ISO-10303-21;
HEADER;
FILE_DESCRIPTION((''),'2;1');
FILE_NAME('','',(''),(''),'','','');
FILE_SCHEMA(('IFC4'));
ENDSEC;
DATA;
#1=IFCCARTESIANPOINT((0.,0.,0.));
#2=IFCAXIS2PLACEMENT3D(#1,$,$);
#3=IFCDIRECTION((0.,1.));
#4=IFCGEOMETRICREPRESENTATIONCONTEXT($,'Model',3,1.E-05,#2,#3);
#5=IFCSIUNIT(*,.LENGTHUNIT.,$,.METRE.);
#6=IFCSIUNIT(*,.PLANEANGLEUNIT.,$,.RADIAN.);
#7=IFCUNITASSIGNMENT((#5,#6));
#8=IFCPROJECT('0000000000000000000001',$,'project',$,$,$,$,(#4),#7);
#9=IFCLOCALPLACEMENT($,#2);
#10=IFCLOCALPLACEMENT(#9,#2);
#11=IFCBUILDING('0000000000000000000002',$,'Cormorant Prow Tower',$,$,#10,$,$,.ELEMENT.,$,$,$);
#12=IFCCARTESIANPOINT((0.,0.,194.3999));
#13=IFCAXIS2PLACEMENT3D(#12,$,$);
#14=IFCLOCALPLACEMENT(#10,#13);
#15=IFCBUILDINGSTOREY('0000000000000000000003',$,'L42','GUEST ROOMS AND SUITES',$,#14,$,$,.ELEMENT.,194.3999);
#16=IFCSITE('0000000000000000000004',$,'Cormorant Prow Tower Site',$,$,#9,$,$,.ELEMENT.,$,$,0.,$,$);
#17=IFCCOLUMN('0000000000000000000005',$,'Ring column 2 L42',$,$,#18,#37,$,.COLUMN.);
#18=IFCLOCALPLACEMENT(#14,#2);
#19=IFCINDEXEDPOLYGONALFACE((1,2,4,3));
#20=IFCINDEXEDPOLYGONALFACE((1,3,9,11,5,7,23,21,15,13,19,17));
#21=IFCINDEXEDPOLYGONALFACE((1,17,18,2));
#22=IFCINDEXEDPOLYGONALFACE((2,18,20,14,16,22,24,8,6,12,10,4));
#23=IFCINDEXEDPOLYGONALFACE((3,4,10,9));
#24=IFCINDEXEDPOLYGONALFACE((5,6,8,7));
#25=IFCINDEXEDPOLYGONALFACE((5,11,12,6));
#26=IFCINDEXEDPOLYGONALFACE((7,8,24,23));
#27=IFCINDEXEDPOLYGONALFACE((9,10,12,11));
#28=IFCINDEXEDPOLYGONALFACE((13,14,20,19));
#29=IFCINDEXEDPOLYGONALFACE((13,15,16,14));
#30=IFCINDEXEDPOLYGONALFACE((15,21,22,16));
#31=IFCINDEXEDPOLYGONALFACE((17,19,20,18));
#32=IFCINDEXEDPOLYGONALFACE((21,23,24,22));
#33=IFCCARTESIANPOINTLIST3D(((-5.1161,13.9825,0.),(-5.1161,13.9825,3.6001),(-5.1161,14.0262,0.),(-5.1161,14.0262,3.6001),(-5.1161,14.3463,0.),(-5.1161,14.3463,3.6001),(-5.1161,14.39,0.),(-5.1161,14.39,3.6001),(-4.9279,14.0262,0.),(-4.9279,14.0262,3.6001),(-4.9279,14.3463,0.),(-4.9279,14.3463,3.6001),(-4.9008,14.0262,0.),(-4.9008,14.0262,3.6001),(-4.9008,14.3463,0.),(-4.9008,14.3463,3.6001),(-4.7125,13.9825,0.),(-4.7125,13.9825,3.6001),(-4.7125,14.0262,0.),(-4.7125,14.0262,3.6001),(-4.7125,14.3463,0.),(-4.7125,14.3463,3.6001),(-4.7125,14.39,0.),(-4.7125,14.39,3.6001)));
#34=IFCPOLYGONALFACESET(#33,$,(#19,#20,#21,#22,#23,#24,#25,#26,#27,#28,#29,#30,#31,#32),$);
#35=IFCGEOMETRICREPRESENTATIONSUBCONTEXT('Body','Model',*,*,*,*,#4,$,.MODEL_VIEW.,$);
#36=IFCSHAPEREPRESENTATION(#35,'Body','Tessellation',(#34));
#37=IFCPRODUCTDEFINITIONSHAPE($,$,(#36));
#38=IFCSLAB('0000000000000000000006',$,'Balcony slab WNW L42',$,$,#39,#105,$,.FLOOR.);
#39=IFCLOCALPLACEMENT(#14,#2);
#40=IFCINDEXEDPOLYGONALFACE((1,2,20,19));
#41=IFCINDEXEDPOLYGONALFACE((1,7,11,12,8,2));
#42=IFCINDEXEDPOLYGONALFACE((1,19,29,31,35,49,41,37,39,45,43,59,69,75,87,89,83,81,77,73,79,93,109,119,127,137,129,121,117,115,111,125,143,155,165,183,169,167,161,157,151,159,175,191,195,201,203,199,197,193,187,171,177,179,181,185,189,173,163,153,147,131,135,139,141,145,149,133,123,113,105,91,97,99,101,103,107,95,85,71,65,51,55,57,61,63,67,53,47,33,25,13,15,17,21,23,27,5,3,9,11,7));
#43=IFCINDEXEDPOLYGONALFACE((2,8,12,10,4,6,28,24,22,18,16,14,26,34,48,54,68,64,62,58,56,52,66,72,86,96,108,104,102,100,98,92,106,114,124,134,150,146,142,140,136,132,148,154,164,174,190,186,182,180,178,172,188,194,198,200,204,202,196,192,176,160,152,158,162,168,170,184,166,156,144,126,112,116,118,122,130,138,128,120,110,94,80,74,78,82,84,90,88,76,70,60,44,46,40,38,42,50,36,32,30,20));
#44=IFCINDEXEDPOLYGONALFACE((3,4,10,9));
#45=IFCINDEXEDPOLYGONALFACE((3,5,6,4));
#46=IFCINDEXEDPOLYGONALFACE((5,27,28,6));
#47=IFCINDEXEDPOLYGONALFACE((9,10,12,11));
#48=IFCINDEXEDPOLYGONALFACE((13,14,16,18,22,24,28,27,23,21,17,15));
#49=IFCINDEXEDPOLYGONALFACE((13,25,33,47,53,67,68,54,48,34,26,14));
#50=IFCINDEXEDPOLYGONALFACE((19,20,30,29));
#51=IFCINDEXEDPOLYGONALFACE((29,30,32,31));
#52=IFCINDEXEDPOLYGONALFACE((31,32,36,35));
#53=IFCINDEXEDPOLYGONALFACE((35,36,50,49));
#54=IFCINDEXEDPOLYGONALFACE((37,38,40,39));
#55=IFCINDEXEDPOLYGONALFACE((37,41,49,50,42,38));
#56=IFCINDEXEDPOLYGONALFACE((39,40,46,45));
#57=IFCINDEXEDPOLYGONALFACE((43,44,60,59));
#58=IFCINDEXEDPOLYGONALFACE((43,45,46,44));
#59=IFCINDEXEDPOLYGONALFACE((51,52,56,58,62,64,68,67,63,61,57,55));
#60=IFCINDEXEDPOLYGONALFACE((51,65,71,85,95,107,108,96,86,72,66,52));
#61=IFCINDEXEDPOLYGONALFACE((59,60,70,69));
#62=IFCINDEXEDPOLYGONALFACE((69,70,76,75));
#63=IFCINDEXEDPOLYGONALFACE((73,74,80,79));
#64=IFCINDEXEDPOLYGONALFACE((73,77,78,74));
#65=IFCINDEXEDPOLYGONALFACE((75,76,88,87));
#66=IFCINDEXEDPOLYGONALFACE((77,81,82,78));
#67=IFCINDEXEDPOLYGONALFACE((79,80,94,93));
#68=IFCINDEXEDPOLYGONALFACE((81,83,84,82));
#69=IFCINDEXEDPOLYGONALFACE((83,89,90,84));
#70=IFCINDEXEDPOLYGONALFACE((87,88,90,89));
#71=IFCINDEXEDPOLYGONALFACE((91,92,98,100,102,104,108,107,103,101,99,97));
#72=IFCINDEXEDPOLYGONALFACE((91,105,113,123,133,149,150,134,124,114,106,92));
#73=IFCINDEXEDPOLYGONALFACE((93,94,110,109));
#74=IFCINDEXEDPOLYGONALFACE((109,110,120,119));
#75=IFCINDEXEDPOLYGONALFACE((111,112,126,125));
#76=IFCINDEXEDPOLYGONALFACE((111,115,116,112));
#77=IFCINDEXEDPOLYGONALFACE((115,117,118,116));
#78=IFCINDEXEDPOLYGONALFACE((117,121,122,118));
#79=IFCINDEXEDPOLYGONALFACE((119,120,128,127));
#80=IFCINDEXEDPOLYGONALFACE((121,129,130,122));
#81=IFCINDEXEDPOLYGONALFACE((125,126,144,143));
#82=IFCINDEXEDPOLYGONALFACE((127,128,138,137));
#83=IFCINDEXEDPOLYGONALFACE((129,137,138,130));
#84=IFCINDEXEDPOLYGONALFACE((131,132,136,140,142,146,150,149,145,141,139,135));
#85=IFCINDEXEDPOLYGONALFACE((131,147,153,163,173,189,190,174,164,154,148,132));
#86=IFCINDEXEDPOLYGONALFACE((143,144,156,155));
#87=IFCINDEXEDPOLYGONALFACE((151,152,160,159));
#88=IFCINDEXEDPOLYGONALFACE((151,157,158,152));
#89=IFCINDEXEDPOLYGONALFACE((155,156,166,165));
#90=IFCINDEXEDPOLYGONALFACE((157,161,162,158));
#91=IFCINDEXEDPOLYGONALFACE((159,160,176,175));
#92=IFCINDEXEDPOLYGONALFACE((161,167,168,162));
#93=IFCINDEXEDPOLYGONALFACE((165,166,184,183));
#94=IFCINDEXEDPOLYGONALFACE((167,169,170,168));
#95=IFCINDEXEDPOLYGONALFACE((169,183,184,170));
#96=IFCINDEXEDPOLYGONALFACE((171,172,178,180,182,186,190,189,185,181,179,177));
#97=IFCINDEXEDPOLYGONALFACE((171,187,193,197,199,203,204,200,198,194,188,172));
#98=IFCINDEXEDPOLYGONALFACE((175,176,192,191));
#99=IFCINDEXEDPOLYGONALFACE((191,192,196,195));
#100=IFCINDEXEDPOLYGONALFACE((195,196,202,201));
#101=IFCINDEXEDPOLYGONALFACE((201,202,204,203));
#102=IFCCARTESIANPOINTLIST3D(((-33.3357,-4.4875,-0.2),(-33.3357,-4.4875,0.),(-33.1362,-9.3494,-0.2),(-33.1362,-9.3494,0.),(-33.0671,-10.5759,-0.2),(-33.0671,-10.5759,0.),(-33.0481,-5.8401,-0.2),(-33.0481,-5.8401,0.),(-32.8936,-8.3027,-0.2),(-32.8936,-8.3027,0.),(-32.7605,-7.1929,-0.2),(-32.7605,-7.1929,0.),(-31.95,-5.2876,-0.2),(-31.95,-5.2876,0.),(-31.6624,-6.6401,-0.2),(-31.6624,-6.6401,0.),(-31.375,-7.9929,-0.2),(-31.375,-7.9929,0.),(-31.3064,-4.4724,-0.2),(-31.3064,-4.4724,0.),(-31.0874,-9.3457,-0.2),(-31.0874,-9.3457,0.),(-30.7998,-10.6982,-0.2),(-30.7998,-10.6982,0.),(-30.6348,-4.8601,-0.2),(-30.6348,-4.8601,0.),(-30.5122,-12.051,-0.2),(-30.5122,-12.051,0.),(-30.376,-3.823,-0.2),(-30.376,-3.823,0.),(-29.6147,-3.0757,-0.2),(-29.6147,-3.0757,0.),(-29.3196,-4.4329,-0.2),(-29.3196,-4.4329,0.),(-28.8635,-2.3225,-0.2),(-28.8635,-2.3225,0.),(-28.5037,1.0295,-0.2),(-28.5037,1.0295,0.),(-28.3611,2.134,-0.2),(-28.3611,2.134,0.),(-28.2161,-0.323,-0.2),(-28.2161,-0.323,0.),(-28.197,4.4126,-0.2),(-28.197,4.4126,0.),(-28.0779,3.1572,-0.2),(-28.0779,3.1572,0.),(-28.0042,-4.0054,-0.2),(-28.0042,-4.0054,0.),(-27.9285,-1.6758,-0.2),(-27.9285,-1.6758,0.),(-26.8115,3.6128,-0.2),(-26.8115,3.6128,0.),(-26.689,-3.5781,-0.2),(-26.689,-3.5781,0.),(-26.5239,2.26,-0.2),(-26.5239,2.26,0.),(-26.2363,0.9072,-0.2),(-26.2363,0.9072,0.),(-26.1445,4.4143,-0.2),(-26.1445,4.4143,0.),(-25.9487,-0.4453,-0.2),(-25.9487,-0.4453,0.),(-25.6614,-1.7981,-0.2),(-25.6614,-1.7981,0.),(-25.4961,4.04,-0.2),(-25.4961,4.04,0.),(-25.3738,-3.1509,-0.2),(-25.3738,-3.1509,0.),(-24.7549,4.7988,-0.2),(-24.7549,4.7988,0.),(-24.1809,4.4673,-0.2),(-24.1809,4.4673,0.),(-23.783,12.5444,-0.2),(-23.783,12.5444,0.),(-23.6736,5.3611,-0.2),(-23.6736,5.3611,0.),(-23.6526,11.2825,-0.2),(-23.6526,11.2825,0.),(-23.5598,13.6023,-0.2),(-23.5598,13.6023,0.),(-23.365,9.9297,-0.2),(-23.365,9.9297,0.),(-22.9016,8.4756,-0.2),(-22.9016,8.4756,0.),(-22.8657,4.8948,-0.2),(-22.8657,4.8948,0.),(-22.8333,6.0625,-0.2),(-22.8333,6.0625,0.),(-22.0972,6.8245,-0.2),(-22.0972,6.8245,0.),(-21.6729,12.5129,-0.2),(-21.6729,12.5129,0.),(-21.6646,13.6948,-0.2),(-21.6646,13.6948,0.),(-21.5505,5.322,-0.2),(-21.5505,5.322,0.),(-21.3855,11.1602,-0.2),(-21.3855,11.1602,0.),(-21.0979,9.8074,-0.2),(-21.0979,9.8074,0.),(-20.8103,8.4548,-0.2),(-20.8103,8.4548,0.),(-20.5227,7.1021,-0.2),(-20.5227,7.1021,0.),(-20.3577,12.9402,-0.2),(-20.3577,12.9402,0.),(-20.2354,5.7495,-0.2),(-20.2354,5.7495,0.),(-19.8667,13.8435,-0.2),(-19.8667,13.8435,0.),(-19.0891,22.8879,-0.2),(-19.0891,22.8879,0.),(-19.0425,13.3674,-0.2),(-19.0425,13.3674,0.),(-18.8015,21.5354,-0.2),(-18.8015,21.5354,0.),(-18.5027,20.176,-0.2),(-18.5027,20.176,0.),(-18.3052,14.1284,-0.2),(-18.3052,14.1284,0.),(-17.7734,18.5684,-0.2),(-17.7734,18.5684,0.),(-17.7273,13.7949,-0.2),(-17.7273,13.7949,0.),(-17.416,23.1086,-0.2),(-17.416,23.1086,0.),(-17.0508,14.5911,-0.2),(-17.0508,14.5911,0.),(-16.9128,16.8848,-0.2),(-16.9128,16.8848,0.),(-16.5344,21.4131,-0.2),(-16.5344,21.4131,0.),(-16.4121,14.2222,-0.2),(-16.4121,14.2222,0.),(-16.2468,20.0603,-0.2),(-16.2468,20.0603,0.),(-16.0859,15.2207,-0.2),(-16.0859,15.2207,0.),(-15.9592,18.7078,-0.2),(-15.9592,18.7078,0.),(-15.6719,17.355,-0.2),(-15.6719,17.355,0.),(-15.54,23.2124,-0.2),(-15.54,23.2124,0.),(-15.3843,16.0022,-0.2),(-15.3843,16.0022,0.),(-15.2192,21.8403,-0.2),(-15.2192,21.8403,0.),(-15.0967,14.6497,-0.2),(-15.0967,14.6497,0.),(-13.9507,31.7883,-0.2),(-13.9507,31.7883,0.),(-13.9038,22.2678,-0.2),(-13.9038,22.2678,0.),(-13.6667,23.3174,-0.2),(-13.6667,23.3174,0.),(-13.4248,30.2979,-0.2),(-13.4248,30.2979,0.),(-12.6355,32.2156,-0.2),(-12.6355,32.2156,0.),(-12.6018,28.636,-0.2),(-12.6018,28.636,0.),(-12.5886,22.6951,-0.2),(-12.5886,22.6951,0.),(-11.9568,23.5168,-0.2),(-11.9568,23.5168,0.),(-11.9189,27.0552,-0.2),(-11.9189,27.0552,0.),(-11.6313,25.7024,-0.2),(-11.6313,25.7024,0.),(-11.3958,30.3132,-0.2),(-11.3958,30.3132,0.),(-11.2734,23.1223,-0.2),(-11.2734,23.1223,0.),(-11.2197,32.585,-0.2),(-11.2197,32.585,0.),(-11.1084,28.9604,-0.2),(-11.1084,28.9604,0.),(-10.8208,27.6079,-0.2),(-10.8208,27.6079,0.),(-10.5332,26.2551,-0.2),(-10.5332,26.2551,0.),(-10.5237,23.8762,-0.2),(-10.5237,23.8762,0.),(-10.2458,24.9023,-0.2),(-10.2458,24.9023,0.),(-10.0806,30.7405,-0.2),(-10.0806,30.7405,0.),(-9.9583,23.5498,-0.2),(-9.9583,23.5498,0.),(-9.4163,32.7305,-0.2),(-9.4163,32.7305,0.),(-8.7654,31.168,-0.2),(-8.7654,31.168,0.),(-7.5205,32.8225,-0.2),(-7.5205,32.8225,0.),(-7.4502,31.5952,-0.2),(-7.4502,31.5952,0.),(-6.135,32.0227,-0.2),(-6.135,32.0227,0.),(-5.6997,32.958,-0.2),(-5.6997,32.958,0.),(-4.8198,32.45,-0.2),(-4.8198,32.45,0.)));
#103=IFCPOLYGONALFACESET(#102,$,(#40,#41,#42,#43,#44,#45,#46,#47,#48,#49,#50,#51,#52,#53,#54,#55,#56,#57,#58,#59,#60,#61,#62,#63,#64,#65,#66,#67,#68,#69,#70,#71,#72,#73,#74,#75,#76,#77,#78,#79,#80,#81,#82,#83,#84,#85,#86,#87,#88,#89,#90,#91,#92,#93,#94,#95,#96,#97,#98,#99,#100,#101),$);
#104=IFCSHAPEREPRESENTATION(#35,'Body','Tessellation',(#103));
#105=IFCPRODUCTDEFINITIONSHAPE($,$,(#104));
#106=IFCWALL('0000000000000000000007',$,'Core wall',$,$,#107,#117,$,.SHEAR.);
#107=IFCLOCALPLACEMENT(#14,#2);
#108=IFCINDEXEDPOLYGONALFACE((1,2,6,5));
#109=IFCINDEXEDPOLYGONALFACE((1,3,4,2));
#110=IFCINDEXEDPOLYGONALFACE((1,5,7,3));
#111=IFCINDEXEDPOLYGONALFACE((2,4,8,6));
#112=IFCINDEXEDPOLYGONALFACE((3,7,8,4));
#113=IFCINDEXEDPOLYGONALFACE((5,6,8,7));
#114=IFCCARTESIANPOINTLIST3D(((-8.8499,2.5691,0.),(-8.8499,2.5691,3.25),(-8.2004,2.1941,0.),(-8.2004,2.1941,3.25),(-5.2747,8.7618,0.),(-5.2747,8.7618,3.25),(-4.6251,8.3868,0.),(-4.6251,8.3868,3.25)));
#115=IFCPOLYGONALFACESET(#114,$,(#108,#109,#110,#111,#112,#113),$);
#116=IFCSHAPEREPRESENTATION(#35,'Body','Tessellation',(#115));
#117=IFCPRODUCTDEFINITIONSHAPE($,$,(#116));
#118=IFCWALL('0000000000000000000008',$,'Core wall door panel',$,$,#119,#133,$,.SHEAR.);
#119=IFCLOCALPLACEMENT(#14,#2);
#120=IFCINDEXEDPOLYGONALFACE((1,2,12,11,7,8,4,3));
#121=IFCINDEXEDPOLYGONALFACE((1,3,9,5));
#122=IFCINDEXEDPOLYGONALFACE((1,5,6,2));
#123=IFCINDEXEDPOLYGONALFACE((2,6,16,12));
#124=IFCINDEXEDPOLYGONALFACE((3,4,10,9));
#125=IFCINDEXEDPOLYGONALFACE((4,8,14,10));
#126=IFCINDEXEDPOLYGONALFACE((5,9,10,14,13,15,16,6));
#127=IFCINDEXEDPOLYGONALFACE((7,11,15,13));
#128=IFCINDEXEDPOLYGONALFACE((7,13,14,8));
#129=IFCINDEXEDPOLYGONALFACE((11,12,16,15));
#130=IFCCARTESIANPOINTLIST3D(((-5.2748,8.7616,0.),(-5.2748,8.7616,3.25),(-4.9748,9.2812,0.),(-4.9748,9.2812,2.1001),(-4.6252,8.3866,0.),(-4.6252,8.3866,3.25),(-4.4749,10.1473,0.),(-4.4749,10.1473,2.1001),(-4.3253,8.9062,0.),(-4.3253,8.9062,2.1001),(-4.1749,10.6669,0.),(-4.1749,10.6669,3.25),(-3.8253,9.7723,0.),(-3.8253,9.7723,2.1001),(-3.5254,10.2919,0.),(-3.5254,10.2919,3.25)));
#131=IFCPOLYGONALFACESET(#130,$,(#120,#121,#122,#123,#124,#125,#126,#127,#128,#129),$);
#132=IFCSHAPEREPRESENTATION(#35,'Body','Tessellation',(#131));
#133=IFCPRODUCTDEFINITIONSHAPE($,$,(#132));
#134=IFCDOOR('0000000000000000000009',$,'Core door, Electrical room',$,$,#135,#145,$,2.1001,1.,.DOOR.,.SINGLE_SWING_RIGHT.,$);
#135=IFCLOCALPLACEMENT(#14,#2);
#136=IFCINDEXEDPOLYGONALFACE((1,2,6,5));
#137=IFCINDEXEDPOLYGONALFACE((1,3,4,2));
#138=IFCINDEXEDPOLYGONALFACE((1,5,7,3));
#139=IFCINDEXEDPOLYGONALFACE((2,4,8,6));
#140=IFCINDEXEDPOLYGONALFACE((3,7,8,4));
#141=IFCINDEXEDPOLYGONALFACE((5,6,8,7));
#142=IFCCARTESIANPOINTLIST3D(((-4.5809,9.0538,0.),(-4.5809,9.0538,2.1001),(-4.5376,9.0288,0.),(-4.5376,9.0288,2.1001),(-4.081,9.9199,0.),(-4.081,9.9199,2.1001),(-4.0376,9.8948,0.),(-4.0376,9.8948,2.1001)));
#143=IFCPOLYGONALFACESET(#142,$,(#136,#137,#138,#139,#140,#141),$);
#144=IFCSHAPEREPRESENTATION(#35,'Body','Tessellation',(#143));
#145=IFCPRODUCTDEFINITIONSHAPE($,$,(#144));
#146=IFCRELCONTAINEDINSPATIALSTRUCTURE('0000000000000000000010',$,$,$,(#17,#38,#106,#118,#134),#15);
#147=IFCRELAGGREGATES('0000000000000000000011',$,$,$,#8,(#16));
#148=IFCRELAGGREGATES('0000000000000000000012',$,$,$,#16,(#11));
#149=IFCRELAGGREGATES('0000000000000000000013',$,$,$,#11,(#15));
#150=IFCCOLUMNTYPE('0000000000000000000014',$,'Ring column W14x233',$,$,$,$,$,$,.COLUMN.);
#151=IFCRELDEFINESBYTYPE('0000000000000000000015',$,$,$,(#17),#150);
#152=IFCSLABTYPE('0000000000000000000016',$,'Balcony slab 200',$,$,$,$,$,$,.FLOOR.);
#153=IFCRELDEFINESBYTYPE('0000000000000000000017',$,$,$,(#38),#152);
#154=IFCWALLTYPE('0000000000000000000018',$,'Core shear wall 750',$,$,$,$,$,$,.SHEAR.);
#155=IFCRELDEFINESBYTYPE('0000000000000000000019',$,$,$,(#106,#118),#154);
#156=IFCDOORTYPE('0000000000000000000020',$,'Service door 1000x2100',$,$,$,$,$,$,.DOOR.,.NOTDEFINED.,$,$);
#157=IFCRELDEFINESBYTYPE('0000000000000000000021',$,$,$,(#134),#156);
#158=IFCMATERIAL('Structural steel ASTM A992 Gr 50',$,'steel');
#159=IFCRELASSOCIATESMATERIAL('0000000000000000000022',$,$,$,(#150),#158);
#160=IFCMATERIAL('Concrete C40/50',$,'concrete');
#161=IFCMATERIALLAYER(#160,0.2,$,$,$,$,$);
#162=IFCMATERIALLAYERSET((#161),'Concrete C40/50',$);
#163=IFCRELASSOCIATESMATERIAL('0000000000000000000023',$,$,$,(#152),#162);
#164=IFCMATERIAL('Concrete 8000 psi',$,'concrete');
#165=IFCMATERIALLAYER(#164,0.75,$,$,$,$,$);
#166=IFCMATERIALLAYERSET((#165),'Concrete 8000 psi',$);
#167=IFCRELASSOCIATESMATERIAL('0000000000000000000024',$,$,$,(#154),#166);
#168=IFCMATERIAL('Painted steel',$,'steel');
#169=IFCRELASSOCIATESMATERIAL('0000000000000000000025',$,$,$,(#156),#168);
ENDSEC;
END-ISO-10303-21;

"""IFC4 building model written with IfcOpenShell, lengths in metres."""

from ifc_helpers import new_model, si_unit, direction, frame, frame_2d, origin, origin_2d, place, context, subcontext, project, spatial, polyline, rectangle, i_section, outline, extrude, material, layer, layer_set, material_profile, profile_set, type_object, element, fill, save


model = new_model("IFC4")

# Units and contexts
model_context = context("Model", 3, precision=1e-05, world=origin(), true_north=direction((0.0, 1.0)))
body_context = subcontext(model_context, "Body", "Model", "MODEL_VIEW")
ifc_project = project(units=[si_unit("LENGTHUNIT", "METRE"), si_unit("PLANEANGLEUNIT", "RADIAN")], contexts=[model_context])

# Site, building, storey
site_placement = place(None, origin())
site = spatial("IfcSite", under=ifc_project, at=site_placement, Name="Cormorant Prow Tower Site", CompositionType="ELEMENT", RefElevation=0.0)
building_placement = place(site_placement, origin())
building = spatial("IfcBuilding", under=site, at=building_placement, Name="Cormorant Prow Tower", CompositionType="ELEMENT")
storey_placement = place(building_placement, frame((0.0, 0.0, 194.3999)))
storey = spatial("IfcBuildingStorey", under=building, at=storey_placement, Name="L42", Description="GUEST ROOMS AND SUITES", CompositionType="ELEMENT", Elevation=194.3999)

# Column
ifc_material_1 = material(Name="Structural steel ASTM A992 Gr 50", Category="steel")
ifc_material_profile = material_profile(ifc_material_1, i_section(OverallWidth=0.4036, OverallDepth=0.4075, WebThickness=0.0271, FlangeThickness=0.0437, at=origin_2d()), Name="W14x233")
ifc_profile_set = profile_set([ifc_material_profile], Name="Structural steel ASTM A992 Gr 50")
column_type = type_object("IfcColumnType", Name="Ring column W14x233", PredefinedType="COLUMN", material=ifc_profile_set)
column_placement = place(storey_placement, frame((-4.9143, 14.1863, 0.0), z_axis=(0.0, 0.0, 1.0), x_axis=(1.0, 0.0, 0.0)))
element("IfcColumn", 1, at=column_placement, inside=storey, type_object=column_type, Name="Ring column 2 L42", PredefinedType="COLUMN", context=body_context, shape_type="SweptSolid", body=[
    extrude(i_section(OverallWidth=0.4036, OverallDepth=0.4075, WebThickness=0.0271, FlangeThickness=0.0437, at=origin_2d()), origin(), (0.0, 0.0, 1.0), 3.6001),
])

# Slab
ifc_material_2 = material(Name="Concrete C40/50", Category="concrete")
ifc_layer_1 = layer(ifc_material_2, 0.2)
ifc_layer_set_1 = layer_set([ifc_layer_1], Name="Concrete C40/50")
slab_type = type_object("IfcSlabType", Name="Balcony slab 200", PredefinedType="FLOOR", material=ifc_layer_set_1)
slab_placement = place(storey_placement, frame((0.0, 0.0, -0.2)))
element("IfcSlab", 2, at=slab_placement, inside=storey, type_object=slab_type, Name="Balcony slab WNW L42", PredefinedType="FLOOR", context=body_context, shape_type="SweptSolid", body=[
    extrude(outline(polyline([(-4.8198, 32.45), (-5.6997, 32.958), (-7.5205, 32.8225), (-9.4163, 32.7305), (-11.2197, 32.585), (-12.6355, 32.2156), (-13.9507, 31.7883), (-13.4248, 30.2979), (-12.6018, 28.636), (-11.9189, 27.0552), (-11.6313, 25.7024), (-10.5237, 23.8762), (-11.9568, 23.5168), (-13.6667, 23.3174), (-15.54, 23.2124), (-17.416, 23.1086), (-19.0891, 22.8879), (-18.8015, 21.5354), (-18.5027, 20.176), (-17.7734, 18.5684), (-16.9128, 16.8848), (-16.0859, 15.2207), (-17.0508, 14.5911), (-18.3052, 14.1284), (-19.8667, 13.8435), (-21.6646, 13.6948), (-23.5598, 13.6023), (-23.783, 12.5444), (-23.6526, 11.2825), (-23.365, 9.9297), (-22.9016, 8.4756), (-22.0972, 6.8245), (-22.8333, 6.0625), (-23.6736, 5.3611), (-24.7549, 4.7988), (-26.1445, 4.4143), (-28.197, 4.4126), (-28.0779, 3.1572), (-28.3611, 2.134), (-28.5037, 1.0295), (-28.2161, -0.323), (-27.9285, -1.6758), (-28.8635, -2.3225), (-29.6147, -3.0757), (-30.376, -3.823), (-31.3064, -4.4724), (-33.3357, -4.4875), (-33.0481, -5.8401), (-32.7605, -7.1929), (-32.8936, -8.3027), (-33.1362, -9.3494), (-33.0671, -10.5759), (-30.5122, -12.051), (-30.7998, -10.6982), (-31.0874, -9.3457), (-31.375, -7.9929), (-31.6624, -6.6401), (-31.95, -5.2876), (-30.6348, -4.8601), (-29.3196, -4.4329), (-28.0042, -4.0054), (-26.689, -3.5781), (-25.3738, -3.1509), (-25.6614, -1.7981), (-25.9487, -0.4453), (-26.2363, 0.9072), (-26.5239, 2.26), (-26.8115, 3.6128), (-25.4961, 4.04), (-24.1809, 4.4673), (-22.8657, 4.8948), (-21.5505, 5.322), (-20.2354, 5.7495), (-20.5227, 7.1021), (-20.8103, 8.4548), (-21.0979, 9.8074), (-21.3855, 11.1602), (-21.6729, 12.5129), (-20.3577, 12.9402), (-19.0425, 13.3674), (-17.7273, 13.7949), (-16.4121, 14.2222), (-15.0967, 14.6497), (-15.3843, 16.0022), (-15.6719, 17.355), (-15.9592, 18.7078), (-16.2468, 20.0603), (-16.5344, 21.4131), (-15.2192, 21.8403), (-13.9038, 22.2678), (-12.5886, 22.6951), (-11.2734, 23.1223), (-9.9583, 23.5498), (-10.2458, 24.9023), (-10.5332, 26.2551), (-10.8208, 27.6079), (-11.1084, 28.9604), (-11.3958, 30.3132), (-10.0806, 30.7405), (-8.7654, 31.168), (-7.4502, 31.5952), (-6.135, 32.0227), (-4.8198, 32.45)])), origin(), (0.0, 0.0, 1.0), 0.2),
])

# Wall
ifc_material_3 = material(Name="Concrete 8000 psi", Category="concrete")
ifc_layer_2 = layer(ifc_material_3, 0.75)
ifc_layer_set_2 = layer_set([ifc_layer_2], Name="Concrete 8000 psi")
wall_type_1 = type_object("IfcWallType", Name="Core shear wall 750", PredefinedType="SHEAR", material=ifc_layer_set_2)
wall_1_placement = place(storey_placement, frame((-4.95, 8.5742, 0.0), z_axis=(0.0, 0.0, 1.0), x_axis=(-0.499987, -0.866033, 0.0)))
element("IfcWall", 3, at=wall_1_placement, inside=storey, type_object=wall_type_1, Name="Core wall", PredefinedType="SHEAR", context=body_context, shape_type="SweptSolid", body=[
    extrude(rectangle(XDim=7.1506, YDim=0.75, at=frame_2d((3.5752, 0.0))), origin(), (0.0, 0.0, 1.0), 3.25),
])

# Wall, opening, door
wall_2_placement = place(storey_placement, frame((-3.8501, 10.4795, 0.0), z_axis=(0.0, 0.0, 1.0), x_axis=(-0.499947, -0.866056, 0.0)))
wall_2 = element("IfcWall", 4, at=wall_2_placement, inside=storey, type_object=wall_type_1, Name="Core wall door panel", PredefinedType="SHEAR", context=body_context, shape_type="SweptSolid", body=[
    extrude(rectangle(XDim=2.2, YDim=0.75, at=frame_2d((1.1001, 0.0))), origin(), (0.0, 0.0, 1.0), 3.25),
])
opening_1_placement = place(wall_2_placement, frame((0.6001, 0.0, 0.0)))
opening_1 = element("IfcOpeningElement", 5, at=opening_1_placement, cuts=wall_2, PredefinedType="OPENING", context=body_context, shape_type="SweptSolid", body=[
    extrude(rectangle(XDim=1.0, YDim=2.1001, at=frame_2d((0.5, 1.05))), frame((0.0, 0.385, 0.0), z_axis=(0.0, -1.0, 0.0), x_axis=(1.0, 0.0, 0.0)), (0.0, 0.0, 1.0), 0.77),
])
ifc_material_4 = material(Name="Painted steel", Category="steel")
door_type_1 = type_object("IfcDoorType", Name="Service door 1000x2100", OperationType="NOTDEFINED", PredefinedType="DOOR", material=ifc_material_4)
door_1_placement = place(opening_1_placement, origin())
door_1 = element("IfcDoor", 6, at=door_1_placement, inside=storey, type_object=door_type_1, Name="Core door, Electrical room", OperationType="SINGLE_SWING_RIGHT", OverallHeight=2.1001, OverallWidth=1.0, PredefinedType="DOOR", context=body_context, shape_type="SweptSolid", body=[
    extrude(rectangle(XDim=1.0, YDim=2.1001, at=frame_2d((0.5, 1.05))), frame((0.0, 0.1299, 0.0), z_axis=(0.0, -1.0, 0.0), x_axis=(1.0, 0.0, 0.0)), (0.0, 0.0, 1.0), 0.05),
])
fill(opening_1, door_1)

save(model, "model.ifc")
